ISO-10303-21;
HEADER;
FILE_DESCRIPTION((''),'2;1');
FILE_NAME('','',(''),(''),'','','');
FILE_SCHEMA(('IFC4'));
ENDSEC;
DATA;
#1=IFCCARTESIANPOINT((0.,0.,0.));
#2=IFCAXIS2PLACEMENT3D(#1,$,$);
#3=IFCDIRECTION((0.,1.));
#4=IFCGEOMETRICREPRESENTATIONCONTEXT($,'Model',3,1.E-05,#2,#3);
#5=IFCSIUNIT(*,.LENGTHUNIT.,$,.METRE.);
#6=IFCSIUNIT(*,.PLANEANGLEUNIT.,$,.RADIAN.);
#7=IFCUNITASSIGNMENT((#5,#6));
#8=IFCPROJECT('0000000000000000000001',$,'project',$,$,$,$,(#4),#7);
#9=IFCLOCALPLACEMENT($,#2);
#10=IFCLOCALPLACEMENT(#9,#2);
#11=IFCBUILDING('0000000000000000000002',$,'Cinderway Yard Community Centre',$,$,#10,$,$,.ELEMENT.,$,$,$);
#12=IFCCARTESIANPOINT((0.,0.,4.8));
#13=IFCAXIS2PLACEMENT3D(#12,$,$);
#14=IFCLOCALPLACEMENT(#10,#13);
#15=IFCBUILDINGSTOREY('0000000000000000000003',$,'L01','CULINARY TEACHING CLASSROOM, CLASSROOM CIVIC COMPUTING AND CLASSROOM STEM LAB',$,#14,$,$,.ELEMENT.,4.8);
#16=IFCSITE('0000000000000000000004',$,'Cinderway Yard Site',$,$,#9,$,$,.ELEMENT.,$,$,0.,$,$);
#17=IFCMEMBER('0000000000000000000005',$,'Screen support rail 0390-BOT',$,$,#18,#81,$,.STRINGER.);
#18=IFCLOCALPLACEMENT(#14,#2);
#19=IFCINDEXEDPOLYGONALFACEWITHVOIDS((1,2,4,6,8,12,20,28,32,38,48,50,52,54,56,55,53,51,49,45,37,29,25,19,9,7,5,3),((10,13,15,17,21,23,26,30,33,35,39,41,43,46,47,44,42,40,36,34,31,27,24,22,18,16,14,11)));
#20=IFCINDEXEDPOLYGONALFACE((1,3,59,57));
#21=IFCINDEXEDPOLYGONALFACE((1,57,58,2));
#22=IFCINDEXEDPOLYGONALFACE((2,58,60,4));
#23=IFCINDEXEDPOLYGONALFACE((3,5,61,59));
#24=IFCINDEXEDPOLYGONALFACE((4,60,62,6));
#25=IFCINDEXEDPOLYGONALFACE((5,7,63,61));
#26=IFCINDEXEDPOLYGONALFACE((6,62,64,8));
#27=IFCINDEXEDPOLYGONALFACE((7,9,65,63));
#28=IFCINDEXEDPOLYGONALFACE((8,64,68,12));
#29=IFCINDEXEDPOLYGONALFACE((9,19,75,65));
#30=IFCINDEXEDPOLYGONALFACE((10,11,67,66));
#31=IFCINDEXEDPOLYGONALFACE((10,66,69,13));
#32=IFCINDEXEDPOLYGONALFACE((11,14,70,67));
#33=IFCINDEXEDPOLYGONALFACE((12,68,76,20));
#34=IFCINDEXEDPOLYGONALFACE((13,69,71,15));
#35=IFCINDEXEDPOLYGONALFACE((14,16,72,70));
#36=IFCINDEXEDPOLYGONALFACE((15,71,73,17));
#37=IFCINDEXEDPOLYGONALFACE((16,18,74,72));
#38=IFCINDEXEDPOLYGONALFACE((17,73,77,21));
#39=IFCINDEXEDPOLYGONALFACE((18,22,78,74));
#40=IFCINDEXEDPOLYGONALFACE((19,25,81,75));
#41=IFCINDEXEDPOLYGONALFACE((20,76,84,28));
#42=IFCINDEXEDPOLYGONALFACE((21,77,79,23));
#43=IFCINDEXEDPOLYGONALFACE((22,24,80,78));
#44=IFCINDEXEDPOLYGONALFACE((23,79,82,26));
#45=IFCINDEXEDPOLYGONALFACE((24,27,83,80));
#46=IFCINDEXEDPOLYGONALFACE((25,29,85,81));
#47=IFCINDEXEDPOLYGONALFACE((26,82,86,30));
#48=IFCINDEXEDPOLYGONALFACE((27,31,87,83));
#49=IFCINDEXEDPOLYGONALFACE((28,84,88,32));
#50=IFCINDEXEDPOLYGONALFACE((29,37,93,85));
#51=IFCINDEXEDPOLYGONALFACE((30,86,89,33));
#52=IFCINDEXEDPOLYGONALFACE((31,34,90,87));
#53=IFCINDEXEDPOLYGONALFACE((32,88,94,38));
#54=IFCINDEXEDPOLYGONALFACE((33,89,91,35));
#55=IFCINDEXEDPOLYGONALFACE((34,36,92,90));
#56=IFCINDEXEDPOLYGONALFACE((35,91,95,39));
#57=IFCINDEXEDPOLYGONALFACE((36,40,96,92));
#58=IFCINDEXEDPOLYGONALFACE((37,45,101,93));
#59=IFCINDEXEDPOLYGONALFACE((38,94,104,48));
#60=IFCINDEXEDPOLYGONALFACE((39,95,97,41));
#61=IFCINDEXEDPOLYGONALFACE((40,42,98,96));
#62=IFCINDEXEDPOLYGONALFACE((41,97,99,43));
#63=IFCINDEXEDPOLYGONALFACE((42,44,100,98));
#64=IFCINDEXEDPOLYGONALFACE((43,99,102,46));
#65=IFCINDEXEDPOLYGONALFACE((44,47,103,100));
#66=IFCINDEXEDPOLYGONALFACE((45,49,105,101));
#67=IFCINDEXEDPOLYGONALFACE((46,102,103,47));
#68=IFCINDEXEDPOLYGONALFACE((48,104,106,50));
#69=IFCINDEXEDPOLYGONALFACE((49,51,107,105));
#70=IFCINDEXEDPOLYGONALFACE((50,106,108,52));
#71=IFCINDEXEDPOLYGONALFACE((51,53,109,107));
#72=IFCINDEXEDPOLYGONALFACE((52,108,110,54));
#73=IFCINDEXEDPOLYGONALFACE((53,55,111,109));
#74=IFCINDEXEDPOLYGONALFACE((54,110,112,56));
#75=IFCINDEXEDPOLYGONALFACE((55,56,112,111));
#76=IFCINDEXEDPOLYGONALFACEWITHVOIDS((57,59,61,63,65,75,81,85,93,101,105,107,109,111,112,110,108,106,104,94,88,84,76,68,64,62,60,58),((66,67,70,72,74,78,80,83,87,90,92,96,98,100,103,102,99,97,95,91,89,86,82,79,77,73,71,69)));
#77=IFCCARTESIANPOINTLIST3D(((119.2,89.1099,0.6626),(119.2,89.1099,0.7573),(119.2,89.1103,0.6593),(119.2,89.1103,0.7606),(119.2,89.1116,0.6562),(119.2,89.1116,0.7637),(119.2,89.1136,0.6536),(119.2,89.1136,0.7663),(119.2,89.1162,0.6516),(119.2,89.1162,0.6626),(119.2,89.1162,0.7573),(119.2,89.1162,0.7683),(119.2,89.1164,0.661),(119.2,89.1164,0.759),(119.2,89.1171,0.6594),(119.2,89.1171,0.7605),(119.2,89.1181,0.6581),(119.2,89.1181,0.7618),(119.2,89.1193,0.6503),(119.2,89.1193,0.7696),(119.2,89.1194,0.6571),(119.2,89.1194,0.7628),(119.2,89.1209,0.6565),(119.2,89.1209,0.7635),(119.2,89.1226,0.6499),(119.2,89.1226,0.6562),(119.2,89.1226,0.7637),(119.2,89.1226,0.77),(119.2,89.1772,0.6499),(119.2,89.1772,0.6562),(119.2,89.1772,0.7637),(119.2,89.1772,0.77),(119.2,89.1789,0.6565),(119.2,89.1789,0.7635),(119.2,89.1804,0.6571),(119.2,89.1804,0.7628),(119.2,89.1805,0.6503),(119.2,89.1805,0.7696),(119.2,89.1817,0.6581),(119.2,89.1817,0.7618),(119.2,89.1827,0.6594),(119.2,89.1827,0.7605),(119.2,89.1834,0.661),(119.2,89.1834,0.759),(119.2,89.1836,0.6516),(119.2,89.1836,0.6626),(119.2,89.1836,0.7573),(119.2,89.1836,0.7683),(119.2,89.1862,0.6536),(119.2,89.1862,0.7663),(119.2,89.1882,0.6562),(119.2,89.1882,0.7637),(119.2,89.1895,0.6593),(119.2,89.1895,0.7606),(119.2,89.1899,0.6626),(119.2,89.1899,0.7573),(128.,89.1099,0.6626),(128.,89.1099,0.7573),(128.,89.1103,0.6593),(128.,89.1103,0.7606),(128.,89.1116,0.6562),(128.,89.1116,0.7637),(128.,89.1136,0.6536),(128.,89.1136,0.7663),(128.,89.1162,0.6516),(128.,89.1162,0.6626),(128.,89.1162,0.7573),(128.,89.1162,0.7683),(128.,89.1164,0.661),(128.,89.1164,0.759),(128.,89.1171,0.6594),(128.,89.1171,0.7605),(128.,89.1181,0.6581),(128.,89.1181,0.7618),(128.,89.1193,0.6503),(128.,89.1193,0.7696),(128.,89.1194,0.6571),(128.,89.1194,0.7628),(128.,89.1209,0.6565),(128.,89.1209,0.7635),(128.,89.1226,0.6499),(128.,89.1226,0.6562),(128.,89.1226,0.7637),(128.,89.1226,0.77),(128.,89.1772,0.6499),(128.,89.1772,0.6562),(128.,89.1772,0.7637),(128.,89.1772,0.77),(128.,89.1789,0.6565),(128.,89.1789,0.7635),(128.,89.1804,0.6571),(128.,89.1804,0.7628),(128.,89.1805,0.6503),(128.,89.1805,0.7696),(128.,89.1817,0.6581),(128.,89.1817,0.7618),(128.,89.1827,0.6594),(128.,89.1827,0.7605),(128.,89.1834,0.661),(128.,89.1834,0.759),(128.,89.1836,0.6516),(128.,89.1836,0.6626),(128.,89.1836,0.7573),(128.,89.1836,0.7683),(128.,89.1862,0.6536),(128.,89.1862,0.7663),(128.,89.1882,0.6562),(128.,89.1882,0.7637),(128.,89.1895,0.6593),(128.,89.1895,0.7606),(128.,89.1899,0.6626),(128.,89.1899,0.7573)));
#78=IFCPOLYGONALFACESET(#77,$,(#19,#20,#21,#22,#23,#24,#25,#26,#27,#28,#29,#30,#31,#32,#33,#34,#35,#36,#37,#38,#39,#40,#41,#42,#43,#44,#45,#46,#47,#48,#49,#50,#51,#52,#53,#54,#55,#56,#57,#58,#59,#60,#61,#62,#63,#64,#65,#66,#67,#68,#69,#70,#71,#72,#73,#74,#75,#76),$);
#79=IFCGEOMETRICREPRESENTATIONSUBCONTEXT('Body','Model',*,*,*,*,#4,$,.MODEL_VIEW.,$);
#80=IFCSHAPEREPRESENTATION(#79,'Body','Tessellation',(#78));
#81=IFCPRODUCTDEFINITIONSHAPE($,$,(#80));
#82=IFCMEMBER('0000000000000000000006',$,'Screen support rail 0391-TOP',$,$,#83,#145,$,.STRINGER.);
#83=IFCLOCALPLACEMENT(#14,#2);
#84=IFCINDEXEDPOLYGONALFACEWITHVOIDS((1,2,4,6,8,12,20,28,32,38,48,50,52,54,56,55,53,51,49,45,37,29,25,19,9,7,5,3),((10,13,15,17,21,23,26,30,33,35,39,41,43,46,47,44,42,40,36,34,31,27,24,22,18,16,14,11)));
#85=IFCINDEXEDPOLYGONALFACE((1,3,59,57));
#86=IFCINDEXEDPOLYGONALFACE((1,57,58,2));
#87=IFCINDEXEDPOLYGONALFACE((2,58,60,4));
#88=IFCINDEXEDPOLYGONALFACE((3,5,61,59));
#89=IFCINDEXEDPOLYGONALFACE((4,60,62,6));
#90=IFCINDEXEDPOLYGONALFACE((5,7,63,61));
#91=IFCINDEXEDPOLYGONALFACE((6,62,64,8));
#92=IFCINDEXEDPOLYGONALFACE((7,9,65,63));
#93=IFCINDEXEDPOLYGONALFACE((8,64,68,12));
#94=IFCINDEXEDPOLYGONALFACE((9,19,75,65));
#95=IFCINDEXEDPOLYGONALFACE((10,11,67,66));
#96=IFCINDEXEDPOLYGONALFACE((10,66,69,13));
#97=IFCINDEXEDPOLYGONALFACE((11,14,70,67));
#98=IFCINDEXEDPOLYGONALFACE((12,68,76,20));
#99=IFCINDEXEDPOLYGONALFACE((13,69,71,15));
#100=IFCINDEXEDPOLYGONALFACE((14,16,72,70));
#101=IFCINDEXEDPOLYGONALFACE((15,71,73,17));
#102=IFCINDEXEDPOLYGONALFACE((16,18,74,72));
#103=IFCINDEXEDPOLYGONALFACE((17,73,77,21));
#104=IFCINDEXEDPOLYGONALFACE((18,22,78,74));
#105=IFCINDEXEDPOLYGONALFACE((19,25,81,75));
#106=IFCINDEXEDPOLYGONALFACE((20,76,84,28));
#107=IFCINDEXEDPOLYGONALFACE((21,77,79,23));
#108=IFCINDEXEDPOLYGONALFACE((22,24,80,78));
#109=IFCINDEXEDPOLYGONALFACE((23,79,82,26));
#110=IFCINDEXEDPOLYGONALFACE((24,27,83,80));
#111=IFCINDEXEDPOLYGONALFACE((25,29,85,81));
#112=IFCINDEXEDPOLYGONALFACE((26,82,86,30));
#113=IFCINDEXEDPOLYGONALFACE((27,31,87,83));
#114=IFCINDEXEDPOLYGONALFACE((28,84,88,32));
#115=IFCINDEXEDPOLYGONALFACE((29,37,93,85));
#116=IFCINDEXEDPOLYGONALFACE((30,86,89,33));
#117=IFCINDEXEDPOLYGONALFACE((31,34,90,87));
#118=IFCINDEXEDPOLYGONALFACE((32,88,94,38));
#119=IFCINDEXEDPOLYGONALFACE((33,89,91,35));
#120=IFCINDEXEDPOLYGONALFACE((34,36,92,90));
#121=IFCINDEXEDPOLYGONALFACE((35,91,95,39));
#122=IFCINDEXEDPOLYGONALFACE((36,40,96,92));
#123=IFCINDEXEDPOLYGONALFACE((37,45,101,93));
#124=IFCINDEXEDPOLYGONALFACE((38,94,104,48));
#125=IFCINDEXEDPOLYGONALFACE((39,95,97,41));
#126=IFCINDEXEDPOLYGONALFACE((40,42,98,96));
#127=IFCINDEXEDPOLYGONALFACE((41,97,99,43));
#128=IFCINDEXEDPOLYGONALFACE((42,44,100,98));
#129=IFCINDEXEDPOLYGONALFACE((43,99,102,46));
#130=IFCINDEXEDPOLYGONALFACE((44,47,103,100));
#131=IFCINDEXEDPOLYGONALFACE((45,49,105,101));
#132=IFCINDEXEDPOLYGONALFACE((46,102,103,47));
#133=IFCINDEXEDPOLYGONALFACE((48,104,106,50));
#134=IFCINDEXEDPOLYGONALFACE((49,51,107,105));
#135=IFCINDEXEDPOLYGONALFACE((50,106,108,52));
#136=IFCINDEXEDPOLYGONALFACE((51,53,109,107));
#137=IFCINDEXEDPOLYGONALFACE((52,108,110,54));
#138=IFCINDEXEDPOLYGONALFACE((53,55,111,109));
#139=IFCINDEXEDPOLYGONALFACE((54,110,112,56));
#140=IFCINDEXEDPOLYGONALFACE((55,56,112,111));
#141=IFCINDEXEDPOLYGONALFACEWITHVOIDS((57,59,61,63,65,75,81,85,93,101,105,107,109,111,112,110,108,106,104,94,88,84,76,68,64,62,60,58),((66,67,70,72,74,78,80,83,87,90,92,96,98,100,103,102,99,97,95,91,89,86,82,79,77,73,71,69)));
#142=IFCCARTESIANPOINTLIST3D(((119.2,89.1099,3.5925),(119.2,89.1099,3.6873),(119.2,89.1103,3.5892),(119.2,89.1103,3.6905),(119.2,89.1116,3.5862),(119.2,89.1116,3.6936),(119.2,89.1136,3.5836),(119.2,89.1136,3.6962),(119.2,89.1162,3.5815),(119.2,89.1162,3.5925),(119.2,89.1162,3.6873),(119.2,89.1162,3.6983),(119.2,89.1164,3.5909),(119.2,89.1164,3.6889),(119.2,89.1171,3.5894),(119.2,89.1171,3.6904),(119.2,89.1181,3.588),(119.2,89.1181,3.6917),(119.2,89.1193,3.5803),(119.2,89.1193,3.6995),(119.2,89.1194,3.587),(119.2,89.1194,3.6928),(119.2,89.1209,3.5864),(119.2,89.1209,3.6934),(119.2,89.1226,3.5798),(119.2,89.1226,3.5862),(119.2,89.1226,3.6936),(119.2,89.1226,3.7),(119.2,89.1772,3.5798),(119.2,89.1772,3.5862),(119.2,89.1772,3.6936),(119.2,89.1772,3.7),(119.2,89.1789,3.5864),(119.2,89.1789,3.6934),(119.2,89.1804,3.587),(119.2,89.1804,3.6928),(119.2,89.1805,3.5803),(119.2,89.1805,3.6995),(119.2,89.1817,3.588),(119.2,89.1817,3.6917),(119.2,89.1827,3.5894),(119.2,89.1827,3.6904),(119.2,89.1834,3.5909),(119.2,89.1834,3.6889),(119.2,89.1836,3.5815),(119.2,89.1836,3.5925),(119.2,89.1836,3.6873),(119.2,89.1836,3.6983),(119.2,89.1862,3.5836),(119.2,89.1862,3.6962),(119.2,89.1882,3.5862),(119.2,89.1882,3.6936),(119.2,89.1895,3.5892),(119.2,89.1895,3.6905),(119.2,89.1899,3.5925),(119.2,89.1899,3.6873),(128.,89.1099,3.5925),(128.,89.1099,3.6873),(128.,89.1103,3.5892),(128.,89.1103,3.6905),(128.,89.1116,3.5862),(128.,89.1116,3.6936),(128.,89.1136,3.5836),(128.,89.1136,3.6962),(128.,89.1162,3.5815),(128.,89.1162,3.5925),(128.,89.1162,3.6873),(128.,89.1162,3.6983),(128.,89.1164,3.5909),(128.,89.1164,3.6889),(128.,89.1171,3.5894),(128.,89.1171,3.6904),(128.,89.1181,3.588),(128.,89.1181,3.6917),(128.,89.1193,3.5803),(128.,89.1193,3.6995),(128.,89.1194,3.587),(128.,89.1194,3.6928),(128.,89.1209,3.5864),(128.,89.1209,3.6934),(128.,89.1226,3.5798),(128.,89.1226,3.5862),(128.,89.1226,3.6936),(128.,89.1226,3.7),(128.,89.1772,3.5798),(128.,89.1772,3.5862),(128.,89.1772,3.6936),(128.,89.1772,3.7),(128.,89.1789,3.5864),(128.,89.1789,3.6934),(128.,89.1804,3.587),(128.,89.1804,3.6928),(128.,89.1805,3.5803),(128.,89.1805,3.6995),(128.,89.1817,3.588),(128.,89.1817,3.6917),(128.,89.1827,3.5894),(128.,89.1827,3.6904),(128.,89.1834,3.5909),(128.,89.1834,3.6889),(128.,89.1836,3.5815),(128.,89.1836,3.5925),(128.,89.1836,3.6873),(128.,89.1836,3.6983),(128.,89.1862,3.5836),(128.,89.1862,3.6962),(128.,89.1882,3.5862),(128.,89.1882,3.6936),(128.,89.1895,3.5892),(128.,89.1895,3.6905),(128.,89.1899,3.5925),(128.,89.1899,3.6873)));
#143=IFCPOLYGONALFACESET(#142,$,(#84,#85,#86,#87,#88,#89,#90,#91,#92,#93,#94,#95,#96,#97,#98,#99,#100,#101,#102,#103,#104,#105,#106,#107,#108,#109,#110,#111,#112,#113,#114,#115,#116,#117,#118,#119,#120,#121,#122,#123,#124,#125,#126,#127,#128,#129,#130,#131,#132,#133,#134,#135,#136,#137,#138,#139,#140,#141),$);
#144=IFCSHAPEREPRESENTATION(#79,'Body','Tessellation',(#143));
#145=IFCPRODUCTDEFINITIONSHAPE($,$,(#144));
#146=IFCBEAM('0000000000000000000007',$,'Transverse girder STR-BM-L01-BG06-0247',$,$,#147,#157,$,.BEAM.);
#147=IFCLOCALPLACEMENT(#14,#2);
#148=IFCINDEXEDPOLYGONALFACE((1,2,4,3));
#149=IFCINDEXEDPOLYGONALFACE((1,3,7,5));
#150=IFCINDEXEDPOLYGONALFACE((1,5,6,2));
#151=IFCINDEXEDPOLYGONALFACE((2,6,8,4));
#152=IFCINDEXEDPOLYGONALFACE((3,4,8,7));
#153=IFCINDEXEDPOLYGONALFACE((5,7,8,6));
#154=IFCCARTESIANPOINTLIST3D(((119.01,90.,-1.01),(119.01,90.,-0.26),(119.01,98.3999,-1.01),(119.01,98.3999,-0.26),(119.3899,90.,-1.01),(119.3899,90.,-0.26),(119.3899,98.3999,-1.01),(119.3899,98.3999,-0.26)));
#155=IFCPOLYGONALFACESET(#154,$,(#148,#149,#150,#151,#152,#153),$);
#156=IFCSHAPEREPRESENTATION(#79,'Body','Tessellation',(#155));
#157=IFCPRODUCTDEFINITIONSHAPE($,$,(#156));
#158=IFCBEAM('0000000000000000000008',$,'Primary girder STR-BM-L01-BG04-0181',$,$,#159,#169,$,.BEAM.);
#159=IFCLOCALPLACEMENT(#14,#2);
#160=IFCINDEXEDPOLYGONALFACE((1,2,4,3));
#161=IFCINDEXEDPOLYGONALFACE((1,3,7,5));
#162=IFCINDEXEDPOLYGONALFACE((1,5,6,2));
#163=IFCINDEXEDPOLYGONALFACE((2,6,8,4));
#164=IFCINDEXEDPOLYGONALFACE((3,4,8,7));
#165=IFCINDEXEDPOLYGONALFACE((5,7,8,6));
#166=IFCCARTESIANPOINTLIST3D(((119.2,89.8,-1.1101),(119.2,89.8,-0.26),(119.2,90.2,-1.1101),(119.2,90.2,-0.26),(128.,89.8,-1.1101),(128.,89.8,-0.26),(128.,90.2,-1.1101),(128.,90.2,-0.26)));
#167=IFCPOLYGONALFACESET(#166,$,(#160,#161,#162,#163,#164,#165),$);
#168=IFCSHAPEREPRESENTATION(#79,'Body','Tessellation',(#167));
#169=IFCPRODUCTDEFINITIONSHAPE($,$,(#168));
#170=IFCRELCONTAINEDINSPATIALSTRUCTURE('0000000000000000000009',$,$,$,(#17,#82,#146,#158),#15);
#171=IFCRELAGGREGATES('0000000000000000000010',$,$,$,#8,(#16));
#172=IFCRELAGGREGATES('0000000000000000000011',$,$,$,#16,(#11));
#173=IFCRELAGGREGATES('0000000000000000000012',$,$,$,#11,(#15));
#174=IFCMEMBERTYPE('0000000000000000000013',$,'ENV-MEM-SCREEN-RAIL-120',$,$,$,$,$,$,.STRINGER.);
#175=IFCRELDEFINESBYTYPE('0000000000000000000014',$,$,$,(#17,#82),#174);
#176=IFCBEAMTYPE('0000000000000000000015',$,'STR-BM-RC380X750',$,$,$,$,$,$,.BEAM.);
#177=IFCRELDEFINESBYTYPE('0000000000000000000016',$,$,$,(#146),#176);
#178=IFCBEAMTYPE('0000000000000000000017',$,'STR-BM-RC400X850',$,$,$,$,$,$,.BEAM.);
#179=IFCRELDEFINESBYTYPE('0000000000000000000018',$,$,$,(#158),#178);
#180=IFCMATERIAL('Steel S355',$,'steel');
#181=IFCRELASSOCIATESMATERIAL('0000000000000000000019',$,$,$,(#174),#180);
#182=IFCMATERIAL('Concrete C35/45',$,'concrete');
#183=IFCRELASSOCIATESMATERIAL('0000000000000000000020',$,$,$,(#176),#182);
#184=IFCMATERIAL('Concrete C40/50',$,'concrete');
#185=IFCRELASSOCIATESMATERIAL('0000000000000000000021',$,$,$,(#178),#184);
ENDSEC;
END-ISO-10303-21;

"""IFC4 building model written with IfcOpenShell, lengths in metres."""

from ifc_helpers import new_model, si_unit, direction, frame, origin, origin_2d, place, context, subcontext, project, spatial, rectangle, hollow_rectangle, extrude, material, material_profile, profile_set, type_object, element, save


model = new_model("IFC4")

# Units and contexts
model_context = context("Model", 3, precision=1e-05, world=origin(), true_north=direction((0.0, 1.0)))
body_context = subcontext(model_context, "Body", "Model", "MODEL_VIEW")
ifc_project = project(units=[si_unit("LENGTHUNIT", "METRE"), si_unit("PLANEANGLEUNIT", "RADIAN")], contexts=[model_context])

# Site, building, storey
site_placement = place(None, origin())
site = spatial("IfcSite", under=ifc_project, at=site_placement, Name="Cinderway Yard Site", CompositionType="ELEMENT", RefElevation=0.0)
building_placement = place(site_placement, origin())
building = spatial("IfcBuilding", under=site, at=building_placement, Name="Cinderway Yard Community Centre", CompositionType="ELEMENT")
storey_placement = place(building_placement, frame((0.0, 0.0, 4.8)))
storey = spatial("IfcBuildingStorey", under=building, at=storey_placement, Name="L01", Description="CULINARY TEACHING CLASSROOM, CLASSROOM CIVIC COMPUTING AND CLASSROOM STEM LAB", CompositionType="ELEMENT", Elevation=4.8)

# Shared definitions
ifc_material_1 = material(Name="Concrete C40/50", Category="concrete")

# Members
ifc_material_2 = material(Name="Steel S355", Category="steel")
ifc_material_profile_1 = material_profile(ifc_material_2, hollow_rectangle(XDim=0.0801, YDim=0.1201, WallThickness=0.0063, InnerFilletRadius=0.0063, OuterFilletRadius=0.0127, at=origin_2d()), Name="Steel S355")
ifc_profile_set_1 = profile_set([ifc_material_profile_1], Name="Steel S355")
member_type_1 = type_object("IfcMemberType", Name="ENV-MEM-SCREEN-RAIL-120", PredefinedType="STRINGER", material=ifc_profile_set_1)
for number, where, z_axis, x_axis, name in (
    (1, (119.2, 89.1499, 0.71), (1.0, 0.0, 0.0), (0.0, 1.0, 0.0), "Screen support rail 0390-BOT"),
    (2, (119.2, 89.1499, 3.6399), (1.0, 0.0, 0.0), (0.0, 1.0, 0.0), "Screen support rail 0391-TOP"),
):
    element("IfcMember", number, at=place(storey_placement, frame(where, z_axis=z_axis, x_axis=x_axis)), inside=storey, type_object=member_type_1, Name=name, PredefinedType="STRINGER", context=body_context, shape_type="SweptSolid", body=[
        extrude(hollow_rectangle(XDim=0.0801, YDim=0.1201, WallThickness=0.0063, InnerFilletRadius=0.0063, OuterFilletRadius=0.0127, at=origin_2d()), origin(), (0.0, 0.0, 1.0), 8.8),
    ])

# Beams
ifc_material_3 = material(Name="Concrete C35/45", Category="concrete")
ifc_material_profile_2 = material_profile(ifc_material_3, rectangle(XDim=0.3799, YDim=0.75, at=origin_2d()), Name="Concrete C35/45")
ifc_profile_set_2 = profile_set([ifc_material_profile_2], Name="Concrete C35/45")
beam_type_1 = type_object("IfcBeamType", Name="STR-BM-RC380X750", PredefinedType="BEAM", material=ifc_profile_set_2)
beam_1_placement = place(storey_placement, frame((119.2, 90.0, -0.635), z_axis=(0.0, 1.0, 0.0), x_axis=(-1.0, 0.0, 0.0)))
element("IfcBeam", 3, at=beam_1_placement, inside=storey, type_object=beam_type_1, Name="Transverse girder STR-BM-L01-BG06-0247", PredefinedType="BEAM", context=body_context, shape_type="SweptSolid", body=[
    extrude(rectangle(XDim=0.3799, YDim=0.75, at=origin_2d()), origin(), (0.0, 0.0, 1.0), 8.3999),
])
ifc_material_profile_3 = material_profile(ifc_material_1, rectangle(XDim=0.3999, YDim=0.8501, at=origin_2d()), Name="Concrete C40/50")
ifc_profile_set_3 = profile_set([ifc_material_profile_3], Name="Concrete C40/50")
beam_type_2 = type_object("IfcBeamType", Name="STR-BM-RC400X850", PredefinedType="BEAM", material=ifc_profile_set_3)
beam_2_placement = place(storey_placement, frame((119.2, 90.0, -0.6851), z_axis=(1.0, 0.0, 0.0), x_axis=(0.0, 1.0, 0.0)))
element("IfcBeam", 4, at=beam_2_placement, inside=storey, type_object=beam_type_2, Name="Primary girder STR-BM-L01-BG04-0181", PredefinedType="BEAM", context=body_context, shape_type="SweptSolid", body=[
    extrude(rectangle(XDim=0.3999, YDim=0.8501, at=origin_2d()), origin(), (0.0, 0.0, 1.0), 8.8),
])

save(model, "model.ifc")
